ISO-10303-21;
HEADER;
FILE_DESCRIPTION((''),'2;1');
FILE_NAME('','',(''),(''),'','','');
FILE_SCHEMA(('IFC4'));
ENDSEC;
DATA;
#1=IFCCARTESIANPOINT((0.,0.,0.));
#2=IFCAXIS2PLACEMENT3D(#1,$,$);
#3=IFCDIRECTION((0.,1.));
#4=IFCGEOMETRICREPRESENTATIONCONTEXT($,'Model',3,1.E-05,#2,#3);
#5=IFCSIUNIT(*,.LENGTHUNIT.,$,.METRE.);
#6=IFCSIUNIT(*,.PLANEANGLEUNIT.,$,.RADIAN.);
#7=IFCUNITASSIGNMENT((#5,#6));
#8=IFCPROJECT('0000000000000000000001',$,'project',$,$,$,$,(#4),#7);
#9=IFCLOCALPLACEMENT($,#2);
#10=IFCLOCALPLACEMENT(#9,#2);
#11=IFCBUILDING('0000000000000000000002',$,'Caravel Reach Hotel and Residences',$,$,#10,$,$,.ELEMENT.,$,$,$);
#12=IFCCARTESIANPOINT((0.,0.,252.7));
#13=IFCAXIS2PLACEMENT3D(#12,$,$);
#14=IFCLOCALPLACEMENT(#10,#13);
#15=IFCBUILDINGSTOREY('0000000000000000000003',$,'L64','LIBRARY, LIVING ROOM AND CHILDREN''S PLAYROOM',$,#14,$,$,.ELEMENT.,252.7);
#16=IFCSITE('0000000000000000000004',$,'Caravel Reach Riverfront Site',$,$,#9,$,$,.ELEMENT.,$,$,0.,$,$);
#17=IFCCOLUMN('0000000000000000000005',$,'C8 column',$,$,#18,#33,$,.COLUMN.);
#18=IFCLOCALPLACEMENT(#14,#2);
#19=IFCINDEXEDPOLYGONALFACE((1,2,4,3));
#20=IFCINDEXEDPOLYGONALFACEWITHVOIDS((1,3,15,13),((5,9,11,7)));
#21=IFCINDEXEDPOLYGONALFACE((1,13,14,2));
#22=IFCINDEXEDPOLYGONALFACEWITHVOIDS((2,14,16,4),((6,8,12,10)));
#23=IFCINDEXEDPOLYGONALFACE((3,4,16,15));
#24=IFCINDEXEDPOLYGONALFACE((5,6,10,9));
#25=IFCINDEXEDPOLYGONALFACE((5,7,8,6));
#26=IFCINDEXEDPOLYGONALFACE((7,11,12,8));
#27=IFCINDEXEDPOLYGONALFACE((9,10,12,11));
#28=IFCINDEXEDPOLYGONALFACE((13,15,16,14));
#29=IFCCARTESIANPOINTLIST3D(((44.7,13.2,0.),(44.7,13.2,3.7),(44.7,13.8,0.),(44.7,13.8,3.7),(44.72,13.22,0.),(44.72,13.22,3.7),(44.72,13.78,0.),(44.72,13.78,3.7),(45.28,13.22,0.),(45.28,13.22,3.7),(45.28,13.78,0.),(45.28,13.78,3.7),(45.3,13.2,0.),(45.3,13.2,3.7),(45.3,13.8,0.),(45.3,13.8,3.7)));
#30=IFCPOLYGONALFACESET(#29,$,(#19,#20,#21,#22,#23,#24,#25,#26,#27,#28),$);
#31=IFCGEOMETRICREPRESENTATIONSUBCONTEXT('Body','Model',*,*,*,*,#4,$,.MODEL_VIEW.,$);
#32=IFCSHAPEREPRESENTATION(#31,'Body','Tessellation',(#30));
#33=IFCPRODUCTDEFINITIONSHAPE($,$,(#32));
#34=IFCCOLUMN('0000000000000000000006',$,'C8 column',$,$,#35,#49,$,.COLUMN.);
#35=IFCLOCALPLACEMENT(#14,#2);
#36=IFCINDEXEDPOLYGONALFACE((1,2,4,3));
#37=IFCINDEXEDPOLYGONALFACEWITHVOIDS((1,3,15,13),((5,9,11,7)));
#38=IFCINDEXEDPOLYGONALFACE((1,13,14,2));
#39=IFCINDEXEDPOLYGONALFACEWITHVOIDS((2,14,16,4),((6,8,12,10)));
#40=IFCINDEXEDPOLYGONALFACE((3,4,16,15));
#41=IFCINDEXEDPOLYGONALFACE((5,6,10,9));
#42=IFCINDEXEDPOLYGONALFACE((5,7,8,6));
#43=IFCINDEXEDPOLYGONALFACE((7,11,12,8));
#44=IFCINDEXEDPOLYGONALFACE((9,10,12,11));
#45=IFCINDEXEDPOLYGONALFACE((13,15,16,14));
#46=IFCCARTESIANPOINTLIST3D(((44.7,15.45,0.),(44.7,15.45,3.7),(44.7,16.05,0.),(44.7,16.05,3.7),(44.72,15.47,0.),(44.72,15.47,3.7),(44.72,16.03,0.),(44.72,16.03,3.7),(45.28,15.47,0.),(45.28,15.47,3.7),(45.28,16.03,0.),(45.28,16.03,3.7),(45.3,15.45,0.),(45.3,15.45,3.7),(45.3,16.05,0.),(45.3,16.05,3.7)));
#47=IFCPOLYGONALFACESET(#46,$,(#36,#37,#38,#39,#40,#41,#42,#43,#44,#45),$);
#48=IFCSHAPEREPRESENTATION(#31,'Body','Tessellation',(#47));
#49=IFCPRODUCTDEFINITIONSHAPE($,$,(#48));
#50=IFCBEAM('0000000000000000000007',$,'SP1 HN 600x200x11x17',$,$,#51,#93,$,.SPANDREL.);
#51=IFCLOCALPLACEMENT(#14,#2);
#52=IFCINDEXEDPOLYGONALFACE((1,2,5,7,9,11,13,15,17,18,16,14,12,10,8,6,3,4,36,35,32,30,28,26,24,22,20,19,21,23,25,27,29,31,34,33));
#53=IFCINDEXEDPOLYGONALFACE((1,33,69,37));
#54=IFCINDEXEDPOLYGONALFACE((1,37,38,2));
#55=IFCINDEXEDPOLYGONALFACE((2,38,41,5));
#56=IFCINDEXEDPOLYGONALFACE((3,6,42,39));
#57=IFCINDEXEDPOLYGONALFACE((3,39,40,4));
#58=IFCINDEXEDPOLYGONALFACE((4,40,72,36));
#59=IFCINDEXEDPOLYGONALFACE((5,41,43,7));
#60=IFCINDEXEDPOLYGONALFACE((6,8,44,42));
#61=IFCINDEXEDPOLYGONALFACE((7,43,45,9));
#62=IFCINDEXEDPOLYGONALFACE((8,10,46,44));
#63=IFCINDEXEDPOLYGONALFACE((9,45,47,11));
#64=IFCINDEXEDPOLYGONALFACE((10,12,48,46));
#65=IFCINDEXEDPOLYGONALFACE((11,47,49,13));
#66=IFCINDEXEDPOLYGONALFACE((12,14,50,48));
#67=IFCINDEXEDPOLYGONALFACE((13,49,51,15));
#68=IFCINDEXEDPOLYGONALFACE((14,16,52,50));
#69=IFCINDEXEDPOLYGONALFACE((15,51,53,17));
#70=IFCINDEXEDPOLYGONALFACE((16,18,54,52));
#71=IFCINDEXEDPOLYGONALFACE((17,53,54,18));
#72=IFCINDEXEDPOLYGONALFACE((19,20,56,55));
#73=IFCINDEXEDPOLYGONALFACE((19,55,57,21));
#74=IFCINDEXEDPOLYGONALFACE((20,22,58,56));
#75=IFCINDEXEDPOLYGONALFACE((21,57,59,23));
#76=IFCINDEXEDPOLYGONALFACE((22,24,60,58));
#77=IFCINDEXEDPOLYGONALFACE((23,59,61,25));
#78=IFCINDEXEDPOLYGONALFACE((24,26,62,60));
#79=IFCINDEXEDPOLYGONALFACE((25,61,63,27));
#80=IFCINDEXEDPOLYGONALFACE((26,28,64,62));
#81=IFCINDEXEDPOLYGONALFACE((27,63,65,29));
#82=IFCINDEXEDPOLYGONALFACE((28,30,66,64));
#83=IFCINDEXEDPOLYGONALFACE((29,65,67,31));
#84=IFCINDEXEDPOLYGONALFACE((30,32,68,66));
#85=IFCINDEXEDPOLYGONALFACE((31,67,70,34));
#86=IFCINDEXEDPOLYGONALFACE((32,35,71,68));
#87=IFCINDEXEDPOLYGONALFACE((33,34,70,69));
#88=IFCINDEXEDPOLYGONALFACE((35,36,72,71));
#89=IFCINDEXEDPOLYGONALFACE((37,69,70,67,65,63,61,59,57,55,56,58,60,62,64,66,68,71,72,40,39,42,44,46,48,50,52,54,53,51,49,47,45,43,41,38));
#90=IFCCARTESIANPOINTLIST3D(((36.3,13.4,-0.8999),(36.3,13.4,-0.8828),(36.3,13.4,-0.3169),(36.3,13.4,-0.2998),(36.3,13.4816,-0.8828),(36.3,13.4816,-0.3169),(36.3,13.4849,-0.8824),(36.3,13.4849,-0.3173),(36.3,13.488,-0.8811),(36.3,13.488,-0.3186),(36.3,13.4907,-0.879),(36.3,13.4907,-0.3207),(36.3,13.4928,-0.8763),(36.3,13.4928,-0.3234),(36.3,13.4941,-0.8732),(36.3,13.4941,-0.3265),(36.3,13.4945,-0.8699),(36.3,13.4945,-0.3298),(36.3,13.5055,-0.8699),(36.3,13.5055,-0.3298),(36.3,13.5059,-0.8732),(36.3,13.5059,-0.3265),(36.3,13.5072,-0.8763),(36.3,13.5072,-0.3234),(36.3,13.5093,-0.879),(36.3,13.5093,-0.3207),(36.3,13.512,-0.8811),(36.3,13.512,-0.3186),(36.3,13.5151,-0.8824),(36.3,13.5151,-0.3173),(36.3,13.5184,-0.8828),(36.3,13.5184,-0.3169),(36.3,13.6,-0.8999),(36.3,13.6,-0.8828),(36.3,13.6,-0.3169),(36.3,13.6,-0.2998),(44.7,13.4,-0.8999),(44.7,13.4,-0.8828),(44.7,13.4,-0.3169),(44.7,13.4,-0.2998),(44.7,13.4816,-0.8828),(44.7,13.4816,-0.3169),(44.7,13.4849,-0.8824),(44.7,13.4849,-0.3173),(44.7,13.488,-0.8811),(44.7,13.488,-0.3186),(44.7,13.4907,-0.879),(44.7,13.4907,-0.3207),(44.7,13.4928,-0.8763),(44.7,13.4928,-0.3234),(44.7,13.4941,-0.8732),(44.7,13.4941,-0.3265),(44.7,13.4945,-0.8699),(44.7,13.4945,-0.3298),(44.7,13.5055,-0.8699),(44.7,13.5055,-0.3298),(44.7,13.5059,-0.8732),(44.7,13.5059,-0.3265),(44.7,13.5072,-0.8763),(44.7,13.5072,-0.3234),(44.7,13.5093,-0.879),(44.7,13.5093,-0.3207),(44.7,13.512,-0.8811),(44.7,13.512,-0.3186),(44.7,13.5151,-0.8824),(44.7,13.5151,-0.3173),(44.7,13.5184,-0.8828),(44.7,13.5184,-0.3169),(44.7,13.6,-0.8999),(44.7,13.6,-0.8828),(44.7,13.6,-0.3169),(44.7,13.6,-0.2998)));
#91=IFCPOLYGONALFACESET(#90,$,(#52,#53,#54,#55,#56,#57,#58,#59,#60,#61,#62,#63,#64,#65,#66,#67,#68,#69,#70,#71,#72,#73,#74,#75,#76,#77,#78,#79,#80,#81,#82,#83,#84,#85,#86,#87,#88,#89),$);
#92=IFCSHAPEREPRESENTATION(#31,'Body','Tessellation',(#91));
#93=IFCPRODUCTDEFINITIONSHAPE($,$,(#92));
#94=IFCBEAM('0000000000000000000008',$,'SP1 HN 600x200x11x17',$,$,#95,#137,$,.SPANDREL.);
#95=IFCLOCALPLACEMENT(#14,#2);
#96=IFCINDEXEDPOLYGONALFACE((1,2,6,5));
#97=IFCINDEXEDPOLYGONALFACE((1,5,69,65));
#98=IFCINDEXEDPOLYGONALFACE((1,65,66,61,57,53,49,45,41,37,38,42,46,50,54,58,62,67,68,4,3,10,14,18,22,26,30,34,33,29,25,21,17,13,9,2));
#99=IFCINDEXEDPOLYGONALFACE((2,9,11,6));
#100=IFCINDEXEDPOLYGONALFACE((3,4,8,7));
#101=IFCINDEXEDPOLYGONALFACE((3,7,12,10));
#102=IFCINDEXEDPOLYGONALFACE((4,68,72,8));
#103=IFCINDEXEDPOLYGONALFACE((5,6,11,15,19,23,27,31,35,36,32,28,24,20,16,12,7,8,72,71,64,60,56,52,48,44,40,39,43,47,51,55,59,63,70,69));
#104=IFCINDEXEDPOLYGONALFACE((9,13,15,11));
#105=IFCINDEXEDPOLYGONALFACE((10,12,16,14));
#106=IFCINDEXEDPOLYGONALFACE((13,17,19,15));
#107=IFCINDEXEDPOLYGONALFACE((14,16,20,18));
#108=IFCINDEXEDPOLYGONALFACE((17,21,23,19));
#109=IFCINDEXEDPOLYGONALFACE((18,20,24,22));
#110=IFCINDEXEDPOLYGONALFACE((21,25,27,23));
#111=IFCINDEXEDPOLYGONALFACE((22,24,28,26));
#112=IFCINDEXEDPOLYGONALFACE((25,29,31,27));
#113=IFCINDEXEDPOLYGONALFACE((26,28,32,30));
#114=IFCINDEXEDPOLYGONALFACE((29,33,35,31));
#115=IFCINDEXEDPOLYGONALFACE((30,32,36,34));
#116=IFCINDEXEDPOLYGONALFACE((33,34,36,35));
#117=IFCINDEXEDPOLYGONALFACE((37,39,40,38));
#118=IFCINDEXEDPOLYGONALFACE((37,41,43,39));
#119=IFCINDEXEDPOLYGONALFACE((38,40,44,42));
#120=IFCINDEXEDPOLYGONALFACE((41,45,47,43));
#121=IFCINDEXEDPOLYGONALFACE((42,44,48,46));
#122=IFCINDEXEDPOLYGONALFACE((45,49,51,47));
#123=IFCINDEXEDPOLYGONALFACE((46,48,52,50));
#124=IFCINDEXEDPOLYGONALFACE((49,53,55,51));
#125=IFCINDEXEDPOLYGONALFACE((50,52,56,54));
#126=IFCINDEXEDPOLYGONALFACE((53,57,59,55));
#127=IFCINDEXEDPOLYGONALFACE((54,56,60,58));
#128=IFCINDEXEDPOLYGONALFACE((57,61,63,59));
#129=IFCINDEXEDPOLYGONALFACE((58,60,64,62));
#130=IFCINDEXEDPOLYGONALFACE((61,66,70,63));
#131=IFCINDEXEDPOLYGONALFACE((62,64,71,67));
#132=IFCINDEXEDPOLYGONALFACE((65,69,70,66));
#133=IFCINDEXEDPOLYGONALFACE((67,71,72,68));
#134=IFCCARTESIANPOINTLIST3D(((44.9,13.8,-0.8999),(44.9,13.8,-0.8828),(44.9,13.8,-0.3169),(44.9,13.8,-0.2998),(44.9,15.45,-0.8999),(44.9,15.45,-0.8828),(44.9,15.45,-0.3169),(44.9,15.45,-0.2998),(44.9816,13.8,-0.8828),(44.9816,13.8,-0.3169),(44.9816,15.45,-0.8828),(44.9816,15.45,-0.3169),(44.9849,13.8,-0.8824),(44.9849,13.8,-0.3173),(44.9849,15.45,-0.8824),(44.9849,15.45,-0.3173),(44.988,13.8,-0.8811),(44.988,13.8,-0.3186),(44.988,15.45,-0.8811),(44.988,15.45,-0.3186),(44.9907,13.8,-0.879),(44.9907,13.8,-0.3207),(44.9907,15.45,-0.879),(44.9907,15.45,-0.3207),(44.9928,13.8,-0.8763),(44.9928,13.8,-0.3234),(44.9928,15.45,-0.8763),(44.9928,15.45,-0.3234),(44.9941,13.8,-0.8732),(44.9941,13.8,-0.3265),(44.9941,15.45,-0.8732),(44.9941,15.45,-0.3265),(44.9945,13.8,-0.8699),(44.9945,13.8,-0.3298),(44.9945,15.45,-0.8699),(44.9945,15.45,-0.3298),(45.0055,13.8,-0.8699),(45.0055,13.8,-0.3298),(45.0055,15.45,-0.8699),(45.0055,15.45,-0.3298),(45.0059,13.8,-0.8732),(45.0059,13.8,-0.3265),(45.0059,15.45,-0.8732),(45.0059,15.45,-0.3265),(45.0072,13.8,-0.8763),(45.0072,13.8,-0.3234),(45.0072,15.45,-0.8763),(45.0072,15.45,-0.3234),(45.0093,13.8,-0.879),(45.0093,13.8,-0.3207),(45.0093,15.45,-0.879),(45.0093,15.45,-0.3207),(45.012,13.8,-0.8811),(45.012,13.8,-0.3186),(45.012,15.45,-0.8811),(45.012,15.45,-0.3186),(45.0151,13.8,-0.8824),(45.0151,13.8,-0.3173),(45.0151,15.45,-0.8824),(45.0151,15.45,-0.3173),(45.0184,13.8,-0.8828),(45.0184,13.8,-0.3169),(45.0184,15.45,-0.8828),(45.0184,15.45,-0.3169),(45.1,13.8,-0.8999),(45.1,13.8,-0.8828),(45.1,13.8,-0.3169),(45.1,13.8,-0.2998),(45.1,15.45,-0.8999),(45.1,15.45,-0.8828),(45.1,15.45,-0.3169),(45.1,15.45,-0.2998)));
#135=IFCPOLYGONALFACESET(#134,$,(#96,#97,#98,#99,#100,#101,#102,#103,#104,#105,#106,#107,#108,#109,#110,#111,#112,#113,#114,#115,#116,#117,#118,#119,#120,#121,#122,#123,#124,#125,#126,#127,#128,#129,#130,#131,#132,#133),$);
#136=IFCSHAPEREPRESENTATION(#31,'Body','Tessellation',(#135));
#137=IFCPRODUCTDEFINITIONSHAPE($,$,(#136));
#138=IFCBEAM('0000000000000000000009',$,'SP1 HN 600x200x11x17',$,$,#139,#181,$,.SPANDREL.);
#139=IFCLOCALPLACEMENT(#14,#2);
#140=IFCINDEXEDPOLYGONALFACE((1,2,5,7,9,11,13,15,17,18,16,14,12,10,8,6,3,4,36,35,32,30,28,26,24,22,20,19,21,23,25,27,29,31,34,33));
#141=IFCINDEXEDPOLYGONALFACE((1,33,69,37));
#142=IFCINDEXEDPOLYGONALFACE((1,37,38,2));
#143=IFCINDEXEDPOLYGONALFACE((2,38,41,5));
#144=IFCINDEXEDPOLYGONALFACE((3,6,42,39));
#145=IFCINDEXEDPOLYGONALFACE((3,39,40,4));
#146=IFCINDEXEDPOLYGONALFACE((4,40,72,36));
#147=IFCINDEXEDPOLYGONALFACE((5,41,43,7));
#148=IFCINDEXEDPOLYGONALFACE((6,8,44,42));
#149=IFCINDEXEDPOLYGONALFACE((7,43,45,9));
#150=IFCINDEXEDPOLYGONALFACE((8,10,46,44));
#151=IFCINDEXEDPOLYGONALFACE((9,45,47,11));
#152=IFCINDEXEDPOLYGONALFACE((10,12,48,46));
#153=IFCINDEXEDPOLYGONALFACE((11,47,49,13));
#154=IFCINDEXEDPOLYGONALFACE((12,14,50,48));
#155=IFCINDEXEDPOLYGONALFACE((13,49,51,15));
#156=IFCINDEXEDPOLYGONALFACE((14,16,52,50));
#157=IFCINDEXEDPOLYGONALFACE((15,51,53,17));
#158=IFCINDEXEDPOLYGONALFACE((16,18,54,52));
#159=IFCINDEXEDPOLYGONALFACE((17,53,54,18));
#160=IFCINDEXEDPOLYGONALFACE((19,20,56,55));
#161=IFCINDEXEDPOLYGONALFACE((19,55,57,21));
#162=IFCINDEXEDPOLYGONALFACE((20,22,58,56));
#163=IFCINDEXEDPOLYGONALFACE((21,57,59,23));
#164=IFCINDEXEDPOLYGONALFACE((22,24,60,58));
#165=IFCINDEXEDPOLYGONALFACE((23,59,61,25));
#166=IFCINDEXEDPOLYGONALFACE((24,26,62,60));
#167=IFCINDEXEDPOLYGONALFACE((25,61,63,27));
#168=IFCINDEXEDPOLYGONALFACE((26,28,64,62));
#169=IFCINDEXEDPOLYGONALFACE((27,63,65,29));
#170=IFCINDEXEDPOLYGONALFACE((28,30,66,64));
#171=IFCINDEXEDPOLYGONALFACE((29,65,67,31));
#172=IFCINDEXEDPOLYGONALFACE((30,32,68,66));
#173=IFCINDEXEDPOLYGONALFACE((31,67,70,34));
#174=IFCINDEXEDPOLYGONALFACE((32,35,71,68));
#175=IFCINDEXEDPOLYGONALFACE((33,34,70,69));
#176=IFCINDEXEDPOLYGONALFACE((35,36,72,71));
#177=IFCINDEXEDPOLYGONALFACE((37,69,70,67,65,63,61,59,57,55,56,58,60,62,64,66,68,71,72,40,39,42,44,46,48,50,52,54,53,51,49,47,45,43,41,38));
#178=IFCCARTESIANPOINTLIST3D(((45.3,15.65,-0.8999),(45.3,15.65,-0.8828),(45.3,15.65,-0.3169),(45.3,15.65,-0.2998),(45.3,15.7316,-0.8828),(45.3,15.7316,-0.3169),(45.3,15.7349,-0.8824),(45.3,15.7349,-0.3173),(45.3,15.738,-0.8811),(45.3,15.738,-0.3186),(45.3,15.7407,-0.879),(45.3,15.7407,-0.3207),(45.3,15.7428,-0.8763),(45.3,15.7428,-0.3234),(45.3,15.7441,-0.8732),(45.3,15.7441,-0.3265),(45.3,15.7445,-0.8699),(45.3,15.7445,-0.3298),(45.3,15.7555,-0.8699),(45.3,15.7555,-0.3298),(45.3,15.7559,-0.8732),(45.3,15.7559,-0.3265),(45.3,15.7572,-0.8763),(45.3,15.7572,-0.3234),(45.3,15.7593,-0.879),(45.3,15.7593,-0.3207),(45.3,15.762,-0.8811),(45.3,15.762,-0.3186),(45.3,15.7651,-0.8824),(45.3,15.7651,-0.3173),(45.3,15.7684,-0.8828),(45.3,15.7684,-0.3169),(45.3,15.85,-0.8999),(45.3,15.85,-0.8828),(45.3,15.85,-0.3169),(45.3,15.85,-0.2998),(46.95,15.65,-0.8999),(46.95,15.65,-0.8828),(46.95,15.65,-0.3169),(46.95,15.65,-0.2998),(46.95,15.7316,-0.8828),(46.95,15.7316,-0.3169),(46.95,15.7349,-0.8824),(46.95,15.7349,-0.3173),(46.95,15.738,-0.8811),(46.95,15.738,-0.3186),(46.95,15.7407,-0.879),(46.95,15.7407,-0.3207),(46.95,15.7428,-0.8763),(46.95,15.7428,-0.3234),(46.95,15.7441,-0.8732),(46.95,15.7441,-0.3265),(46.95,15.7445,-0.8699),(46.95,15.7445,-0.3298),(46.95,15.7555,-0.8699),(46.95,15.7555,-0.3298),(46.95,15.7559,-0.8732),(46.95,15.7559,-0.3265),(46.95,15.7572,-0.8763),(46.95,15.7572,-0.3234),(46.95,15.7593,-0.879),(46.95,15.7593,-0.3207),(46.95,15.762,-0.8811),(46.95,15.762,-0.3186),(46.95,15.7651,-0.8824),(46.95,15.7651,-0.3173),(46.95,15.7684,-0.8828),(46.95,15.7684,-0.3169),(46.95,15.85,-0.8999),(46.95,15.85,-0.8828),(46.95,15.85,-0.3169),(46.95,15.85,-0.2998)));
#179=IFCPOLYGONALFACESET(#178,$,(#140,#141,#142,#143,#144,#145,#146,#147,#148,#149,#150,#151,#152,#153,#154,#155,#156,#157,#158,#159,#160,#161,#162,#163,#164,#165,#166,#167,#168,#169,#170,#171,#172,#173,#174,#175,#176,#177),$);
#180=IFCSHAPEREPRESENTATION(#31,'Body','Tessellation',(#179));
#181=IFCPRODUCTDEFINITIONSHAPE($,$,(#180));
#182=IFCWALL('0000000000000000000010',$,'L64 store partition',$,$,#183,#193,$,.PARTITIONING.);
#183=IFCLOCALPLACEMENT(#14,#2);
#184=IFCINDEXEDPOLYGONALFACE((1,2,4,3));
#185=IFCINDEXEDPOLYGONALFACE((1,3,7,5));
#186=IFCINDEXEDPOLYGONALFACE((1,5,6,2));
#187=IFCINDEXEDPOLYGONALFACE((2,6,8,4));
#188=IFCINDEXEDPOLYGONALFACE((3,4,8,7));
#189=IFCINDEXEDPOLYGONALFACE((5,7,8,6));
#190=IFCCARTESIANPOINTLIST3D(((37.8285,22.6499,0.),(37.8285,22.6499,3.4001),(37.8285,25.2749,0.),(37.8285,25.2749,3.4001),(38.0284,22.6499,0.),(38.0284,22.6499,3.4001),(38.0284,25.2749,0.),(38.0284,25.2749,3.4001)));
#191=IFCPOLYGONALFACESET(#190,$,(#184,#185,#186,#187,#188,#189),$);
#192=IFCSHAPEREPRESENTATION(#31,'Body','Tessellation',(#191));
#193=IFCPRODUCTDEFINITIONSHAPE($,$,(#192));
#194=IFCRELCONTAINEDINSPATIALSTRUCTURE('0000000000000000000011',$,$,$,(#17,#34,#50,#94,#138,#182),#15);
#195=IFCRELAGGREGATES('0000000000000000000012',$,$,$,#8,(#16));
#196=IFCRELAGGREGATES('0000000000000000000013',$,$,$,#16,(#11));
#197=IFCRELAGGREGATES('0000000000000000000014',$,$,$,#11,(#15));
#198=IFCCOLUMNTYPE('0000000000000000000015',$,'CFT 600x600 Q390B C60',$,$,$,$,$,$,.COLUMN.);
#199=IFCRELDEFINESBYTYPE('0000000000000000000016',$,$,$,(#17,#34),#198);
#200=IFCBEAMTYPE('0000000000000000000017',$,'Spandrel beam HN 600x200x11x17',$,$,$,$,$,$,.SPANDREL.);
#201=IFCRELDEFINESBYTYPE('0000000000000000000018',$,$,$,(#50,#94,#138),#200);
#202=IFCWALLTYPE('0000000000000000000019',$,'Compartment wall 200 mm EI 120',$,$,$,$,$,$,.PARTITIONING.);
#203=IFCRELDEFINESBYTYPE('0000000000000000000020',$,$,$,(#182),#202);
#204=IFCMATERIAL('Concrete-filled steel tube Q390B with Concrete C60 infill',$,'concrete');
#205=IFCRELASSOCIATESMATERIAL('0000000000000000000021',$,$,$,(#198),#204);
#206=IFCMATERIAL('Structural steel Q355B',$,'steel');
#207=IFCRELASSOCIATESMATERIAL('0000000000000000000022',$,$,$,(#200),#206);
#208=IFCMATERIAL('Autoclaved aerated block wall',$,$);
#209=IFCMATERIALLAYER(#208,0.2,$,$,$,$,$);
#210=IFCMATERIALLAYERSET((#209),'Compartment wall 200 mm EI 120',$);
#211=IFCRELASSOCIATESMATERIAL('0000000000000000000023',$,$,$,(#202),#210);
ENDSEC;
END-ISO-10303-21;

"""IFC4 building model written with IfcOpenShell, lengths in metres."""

from ifc_helpers import new_model, si_unit, direction, frame, frame_2d, origin, origin_2d, place, context, subcontext, project, spatial, rectangle, hollow_rectangle, i_section, extrude, material, layer, layer_set, material_profile, profile_set, type_object, element, save


model = new_model("IFC4")

# Units and contexts
model_context = context("Model", 3, precision=1e-05, world=origin(), true_north=direction((0.0, 1.0)))
body_context = subcontext(model_context, "Body", "Model", "MODEL_VIEW")
ifc_project = project(units=[si_unit("LENGTHUNIT", "METRE"), si_unit("PLANEANGLEUNIT", "RADIAN")], contexts=[model_context])

# Site, building, storey
site_placement = place(None, origin())
site = spatial("IfcSite", under=ifc_project, at=site_placement, Name="Caravel Reach Riverfront Site", CompositionType="ELEMENT", RefElevation=0.0)
building_placement = place(site_placement, origin())
building = spatial("IfcBuilding", under=site, at=building_placement, Name="Caravel Reach Hotel and Residences", CompositionType="ELEMENT")
storey_placement = place(building_placement, frame((0.0, 0.0, 252.7)))
storey = spatial("IfcBuildingStorey", under=building, at=storey_placement, Name="L64", Description="LIBRARY, LIVING ROOM AND CHILDREN'S PLAYROOM", CompositionType="ELEMENT", Elevation=252.7)

# Columns
ifc_material_1 = material(Name="Concrete-filled steel tube Q390B with Concrete C60 infill", Category="concrete")
ifc_material_profile_1 = material_profile(ifc_material_1, hollow_rectangle(XDim=0.6001, YDim=0.6001, WallThickness=0.02, at=origin_2d()), Name="RHS 600x600x20")
ifc_profile_set_1 = profile_set([ifc_material_profile_1], Name="Concrete-filled steel tube Q390B with Concrete C60 infill")
column_type = type_object("IfcColumnType", Name="CFT 600x600 Q390B C60", PredefinedType="COLUMN", material=ifc_profile_set_1)
for number, where, z_axis, x_axis, name in (
    (1, (45.0, 13.5, 0.0), (0.0, 0.0, 1.0), (1.0, 0.0, 0.0), "C8 column"),
    (2, (45.0, 15.75, 0.0), (0.0, 0.0, 1.0), (1.0, 0.0, 0.0), "C8 column"),
):
    element("IfcColumn", number, at=place(storey_placement, frame(where, z_axis=z_axis, x_axis=x_axis)), inside=storey, type_object=column_type, Name=name, PredefinedType="COLUMN", context=body_context, shape_type="SweptSolid", body=[
        extrude(hollow_rectangle(XDim=0.6001, YDim=0.6001, WallThickness=0.02, at=origin_2d()), origin(), (0.0, 0.0, 1.0), 3.7),
    ])

# Beams
ifc_material_2 = material(Name="Structural steel Q355B", Category="steel")
ifc_material_profile_2 = material_profile(ifc_material_2, i_section(OverallWidth=0.2, OverallDepth=0.6001, WebThickness=0.011, FlangeThickness=0.0171, FilletRadius=0.0129, at=origin_2d()), Name="HN 600x200x11x17")
ifc_profile_set_2 = profile_set([ifc_material_profile_2], Name="Structural steel Q355B")
beam_type = type_object("IfcBeamType", Name="Spandrel beam HN 600x200x11x17", PredefinedType="SPANDREL", material=ifc_profile_set_2)
beam_placement = place(storey_placement, frame((36.3, 13.5, -0.5999), z_axis=(1.0, 0.0, 0.0), x_axis=(0.0, 1.0, 0.0)))
element("IfcBeam", 3, at=beam_placement, inside=storey, type_object=beam_type, Name="SP1 HN 600x200x11x17", PredefinedType="SPANDREL", context=body_context, shape_type="SweptSolid", body=[
    extrude(i_section(OverallWidth=0.2, OverallDepth=0.6001, WebThickness=0.011, FlangeThickness=0.0171, FilletRadius=0.0129, at=origin_2d()), origin(), (0.0, 0.0, 1.0), 8.3999),
])
for number, where, z_axis, x_axis, name in (
    (4, (45.0, 13.8, -0.5999), (0.0, 1.0, 0.0), (-1.0, 0.0, 0.0), "SP1 HN 600x200x11x17"),
    (5, (45.3, 15.75, -0.5999), (1.0, 0.0, 0.0), (0.0, 1.0, 0.0), "SP1 HN 600x200x11x17"),
):
    element("IfcBeam", number, at=place(storey_placement, frame(where, z_axis=z_axis, x_axis=x_axis)), inside=storey, type_object=beam_type, Name=name, PredefinedType="SPANDREL", context=body_context, shape_type="SweptSolid", body=[
        extrude(i_section(OverallWidth=0.2, OverallDepth=0.6001, WebThickness=0.011, FlangeThickness=0.0171, FilletRadius=0.0129, at=origin_2d()), origin(), (0.0, 0.0, 1.0), 1.6499),
    ])

# Wall
ifc_material_3 = material(Name="Autoclaved aerated block wall")
ifc_layer_1 = layer(ifc_material_3, 0.2)
ifc_layer_set_1 = layer_set([ifc_layer_1], Name="Compartment wall 200 mm EI 120")
wall_type_1 = type_object("IfcWallType", Name="Compartment wall 200 mm EI 120", PredefinedType="PARTITIONING", material=ifc_layer_set_1)
wall_1_placement = place(storey_placement, frame((37.9285, 22.6499, 0.0), z_axis=(0.0, 0.0, 1.0), x_axis=(0.0, 1.0, 0.0)))
element("IfcWall", 6, at=wall_1_placement, inside=storey, type_object=wall_type_1, Name="L64 store partition", PredefinedType="PARTITIONING", context=body_context, shape_type="SweptSolid", body=[
    extrude(rectangle(XDim=2.625, YDim=0.2, at=frame_2d((1.3125, 0.0))), origin(), (0.0, 0.0, 1.0), 3.4001),
])

save(model, "model.ifc")
